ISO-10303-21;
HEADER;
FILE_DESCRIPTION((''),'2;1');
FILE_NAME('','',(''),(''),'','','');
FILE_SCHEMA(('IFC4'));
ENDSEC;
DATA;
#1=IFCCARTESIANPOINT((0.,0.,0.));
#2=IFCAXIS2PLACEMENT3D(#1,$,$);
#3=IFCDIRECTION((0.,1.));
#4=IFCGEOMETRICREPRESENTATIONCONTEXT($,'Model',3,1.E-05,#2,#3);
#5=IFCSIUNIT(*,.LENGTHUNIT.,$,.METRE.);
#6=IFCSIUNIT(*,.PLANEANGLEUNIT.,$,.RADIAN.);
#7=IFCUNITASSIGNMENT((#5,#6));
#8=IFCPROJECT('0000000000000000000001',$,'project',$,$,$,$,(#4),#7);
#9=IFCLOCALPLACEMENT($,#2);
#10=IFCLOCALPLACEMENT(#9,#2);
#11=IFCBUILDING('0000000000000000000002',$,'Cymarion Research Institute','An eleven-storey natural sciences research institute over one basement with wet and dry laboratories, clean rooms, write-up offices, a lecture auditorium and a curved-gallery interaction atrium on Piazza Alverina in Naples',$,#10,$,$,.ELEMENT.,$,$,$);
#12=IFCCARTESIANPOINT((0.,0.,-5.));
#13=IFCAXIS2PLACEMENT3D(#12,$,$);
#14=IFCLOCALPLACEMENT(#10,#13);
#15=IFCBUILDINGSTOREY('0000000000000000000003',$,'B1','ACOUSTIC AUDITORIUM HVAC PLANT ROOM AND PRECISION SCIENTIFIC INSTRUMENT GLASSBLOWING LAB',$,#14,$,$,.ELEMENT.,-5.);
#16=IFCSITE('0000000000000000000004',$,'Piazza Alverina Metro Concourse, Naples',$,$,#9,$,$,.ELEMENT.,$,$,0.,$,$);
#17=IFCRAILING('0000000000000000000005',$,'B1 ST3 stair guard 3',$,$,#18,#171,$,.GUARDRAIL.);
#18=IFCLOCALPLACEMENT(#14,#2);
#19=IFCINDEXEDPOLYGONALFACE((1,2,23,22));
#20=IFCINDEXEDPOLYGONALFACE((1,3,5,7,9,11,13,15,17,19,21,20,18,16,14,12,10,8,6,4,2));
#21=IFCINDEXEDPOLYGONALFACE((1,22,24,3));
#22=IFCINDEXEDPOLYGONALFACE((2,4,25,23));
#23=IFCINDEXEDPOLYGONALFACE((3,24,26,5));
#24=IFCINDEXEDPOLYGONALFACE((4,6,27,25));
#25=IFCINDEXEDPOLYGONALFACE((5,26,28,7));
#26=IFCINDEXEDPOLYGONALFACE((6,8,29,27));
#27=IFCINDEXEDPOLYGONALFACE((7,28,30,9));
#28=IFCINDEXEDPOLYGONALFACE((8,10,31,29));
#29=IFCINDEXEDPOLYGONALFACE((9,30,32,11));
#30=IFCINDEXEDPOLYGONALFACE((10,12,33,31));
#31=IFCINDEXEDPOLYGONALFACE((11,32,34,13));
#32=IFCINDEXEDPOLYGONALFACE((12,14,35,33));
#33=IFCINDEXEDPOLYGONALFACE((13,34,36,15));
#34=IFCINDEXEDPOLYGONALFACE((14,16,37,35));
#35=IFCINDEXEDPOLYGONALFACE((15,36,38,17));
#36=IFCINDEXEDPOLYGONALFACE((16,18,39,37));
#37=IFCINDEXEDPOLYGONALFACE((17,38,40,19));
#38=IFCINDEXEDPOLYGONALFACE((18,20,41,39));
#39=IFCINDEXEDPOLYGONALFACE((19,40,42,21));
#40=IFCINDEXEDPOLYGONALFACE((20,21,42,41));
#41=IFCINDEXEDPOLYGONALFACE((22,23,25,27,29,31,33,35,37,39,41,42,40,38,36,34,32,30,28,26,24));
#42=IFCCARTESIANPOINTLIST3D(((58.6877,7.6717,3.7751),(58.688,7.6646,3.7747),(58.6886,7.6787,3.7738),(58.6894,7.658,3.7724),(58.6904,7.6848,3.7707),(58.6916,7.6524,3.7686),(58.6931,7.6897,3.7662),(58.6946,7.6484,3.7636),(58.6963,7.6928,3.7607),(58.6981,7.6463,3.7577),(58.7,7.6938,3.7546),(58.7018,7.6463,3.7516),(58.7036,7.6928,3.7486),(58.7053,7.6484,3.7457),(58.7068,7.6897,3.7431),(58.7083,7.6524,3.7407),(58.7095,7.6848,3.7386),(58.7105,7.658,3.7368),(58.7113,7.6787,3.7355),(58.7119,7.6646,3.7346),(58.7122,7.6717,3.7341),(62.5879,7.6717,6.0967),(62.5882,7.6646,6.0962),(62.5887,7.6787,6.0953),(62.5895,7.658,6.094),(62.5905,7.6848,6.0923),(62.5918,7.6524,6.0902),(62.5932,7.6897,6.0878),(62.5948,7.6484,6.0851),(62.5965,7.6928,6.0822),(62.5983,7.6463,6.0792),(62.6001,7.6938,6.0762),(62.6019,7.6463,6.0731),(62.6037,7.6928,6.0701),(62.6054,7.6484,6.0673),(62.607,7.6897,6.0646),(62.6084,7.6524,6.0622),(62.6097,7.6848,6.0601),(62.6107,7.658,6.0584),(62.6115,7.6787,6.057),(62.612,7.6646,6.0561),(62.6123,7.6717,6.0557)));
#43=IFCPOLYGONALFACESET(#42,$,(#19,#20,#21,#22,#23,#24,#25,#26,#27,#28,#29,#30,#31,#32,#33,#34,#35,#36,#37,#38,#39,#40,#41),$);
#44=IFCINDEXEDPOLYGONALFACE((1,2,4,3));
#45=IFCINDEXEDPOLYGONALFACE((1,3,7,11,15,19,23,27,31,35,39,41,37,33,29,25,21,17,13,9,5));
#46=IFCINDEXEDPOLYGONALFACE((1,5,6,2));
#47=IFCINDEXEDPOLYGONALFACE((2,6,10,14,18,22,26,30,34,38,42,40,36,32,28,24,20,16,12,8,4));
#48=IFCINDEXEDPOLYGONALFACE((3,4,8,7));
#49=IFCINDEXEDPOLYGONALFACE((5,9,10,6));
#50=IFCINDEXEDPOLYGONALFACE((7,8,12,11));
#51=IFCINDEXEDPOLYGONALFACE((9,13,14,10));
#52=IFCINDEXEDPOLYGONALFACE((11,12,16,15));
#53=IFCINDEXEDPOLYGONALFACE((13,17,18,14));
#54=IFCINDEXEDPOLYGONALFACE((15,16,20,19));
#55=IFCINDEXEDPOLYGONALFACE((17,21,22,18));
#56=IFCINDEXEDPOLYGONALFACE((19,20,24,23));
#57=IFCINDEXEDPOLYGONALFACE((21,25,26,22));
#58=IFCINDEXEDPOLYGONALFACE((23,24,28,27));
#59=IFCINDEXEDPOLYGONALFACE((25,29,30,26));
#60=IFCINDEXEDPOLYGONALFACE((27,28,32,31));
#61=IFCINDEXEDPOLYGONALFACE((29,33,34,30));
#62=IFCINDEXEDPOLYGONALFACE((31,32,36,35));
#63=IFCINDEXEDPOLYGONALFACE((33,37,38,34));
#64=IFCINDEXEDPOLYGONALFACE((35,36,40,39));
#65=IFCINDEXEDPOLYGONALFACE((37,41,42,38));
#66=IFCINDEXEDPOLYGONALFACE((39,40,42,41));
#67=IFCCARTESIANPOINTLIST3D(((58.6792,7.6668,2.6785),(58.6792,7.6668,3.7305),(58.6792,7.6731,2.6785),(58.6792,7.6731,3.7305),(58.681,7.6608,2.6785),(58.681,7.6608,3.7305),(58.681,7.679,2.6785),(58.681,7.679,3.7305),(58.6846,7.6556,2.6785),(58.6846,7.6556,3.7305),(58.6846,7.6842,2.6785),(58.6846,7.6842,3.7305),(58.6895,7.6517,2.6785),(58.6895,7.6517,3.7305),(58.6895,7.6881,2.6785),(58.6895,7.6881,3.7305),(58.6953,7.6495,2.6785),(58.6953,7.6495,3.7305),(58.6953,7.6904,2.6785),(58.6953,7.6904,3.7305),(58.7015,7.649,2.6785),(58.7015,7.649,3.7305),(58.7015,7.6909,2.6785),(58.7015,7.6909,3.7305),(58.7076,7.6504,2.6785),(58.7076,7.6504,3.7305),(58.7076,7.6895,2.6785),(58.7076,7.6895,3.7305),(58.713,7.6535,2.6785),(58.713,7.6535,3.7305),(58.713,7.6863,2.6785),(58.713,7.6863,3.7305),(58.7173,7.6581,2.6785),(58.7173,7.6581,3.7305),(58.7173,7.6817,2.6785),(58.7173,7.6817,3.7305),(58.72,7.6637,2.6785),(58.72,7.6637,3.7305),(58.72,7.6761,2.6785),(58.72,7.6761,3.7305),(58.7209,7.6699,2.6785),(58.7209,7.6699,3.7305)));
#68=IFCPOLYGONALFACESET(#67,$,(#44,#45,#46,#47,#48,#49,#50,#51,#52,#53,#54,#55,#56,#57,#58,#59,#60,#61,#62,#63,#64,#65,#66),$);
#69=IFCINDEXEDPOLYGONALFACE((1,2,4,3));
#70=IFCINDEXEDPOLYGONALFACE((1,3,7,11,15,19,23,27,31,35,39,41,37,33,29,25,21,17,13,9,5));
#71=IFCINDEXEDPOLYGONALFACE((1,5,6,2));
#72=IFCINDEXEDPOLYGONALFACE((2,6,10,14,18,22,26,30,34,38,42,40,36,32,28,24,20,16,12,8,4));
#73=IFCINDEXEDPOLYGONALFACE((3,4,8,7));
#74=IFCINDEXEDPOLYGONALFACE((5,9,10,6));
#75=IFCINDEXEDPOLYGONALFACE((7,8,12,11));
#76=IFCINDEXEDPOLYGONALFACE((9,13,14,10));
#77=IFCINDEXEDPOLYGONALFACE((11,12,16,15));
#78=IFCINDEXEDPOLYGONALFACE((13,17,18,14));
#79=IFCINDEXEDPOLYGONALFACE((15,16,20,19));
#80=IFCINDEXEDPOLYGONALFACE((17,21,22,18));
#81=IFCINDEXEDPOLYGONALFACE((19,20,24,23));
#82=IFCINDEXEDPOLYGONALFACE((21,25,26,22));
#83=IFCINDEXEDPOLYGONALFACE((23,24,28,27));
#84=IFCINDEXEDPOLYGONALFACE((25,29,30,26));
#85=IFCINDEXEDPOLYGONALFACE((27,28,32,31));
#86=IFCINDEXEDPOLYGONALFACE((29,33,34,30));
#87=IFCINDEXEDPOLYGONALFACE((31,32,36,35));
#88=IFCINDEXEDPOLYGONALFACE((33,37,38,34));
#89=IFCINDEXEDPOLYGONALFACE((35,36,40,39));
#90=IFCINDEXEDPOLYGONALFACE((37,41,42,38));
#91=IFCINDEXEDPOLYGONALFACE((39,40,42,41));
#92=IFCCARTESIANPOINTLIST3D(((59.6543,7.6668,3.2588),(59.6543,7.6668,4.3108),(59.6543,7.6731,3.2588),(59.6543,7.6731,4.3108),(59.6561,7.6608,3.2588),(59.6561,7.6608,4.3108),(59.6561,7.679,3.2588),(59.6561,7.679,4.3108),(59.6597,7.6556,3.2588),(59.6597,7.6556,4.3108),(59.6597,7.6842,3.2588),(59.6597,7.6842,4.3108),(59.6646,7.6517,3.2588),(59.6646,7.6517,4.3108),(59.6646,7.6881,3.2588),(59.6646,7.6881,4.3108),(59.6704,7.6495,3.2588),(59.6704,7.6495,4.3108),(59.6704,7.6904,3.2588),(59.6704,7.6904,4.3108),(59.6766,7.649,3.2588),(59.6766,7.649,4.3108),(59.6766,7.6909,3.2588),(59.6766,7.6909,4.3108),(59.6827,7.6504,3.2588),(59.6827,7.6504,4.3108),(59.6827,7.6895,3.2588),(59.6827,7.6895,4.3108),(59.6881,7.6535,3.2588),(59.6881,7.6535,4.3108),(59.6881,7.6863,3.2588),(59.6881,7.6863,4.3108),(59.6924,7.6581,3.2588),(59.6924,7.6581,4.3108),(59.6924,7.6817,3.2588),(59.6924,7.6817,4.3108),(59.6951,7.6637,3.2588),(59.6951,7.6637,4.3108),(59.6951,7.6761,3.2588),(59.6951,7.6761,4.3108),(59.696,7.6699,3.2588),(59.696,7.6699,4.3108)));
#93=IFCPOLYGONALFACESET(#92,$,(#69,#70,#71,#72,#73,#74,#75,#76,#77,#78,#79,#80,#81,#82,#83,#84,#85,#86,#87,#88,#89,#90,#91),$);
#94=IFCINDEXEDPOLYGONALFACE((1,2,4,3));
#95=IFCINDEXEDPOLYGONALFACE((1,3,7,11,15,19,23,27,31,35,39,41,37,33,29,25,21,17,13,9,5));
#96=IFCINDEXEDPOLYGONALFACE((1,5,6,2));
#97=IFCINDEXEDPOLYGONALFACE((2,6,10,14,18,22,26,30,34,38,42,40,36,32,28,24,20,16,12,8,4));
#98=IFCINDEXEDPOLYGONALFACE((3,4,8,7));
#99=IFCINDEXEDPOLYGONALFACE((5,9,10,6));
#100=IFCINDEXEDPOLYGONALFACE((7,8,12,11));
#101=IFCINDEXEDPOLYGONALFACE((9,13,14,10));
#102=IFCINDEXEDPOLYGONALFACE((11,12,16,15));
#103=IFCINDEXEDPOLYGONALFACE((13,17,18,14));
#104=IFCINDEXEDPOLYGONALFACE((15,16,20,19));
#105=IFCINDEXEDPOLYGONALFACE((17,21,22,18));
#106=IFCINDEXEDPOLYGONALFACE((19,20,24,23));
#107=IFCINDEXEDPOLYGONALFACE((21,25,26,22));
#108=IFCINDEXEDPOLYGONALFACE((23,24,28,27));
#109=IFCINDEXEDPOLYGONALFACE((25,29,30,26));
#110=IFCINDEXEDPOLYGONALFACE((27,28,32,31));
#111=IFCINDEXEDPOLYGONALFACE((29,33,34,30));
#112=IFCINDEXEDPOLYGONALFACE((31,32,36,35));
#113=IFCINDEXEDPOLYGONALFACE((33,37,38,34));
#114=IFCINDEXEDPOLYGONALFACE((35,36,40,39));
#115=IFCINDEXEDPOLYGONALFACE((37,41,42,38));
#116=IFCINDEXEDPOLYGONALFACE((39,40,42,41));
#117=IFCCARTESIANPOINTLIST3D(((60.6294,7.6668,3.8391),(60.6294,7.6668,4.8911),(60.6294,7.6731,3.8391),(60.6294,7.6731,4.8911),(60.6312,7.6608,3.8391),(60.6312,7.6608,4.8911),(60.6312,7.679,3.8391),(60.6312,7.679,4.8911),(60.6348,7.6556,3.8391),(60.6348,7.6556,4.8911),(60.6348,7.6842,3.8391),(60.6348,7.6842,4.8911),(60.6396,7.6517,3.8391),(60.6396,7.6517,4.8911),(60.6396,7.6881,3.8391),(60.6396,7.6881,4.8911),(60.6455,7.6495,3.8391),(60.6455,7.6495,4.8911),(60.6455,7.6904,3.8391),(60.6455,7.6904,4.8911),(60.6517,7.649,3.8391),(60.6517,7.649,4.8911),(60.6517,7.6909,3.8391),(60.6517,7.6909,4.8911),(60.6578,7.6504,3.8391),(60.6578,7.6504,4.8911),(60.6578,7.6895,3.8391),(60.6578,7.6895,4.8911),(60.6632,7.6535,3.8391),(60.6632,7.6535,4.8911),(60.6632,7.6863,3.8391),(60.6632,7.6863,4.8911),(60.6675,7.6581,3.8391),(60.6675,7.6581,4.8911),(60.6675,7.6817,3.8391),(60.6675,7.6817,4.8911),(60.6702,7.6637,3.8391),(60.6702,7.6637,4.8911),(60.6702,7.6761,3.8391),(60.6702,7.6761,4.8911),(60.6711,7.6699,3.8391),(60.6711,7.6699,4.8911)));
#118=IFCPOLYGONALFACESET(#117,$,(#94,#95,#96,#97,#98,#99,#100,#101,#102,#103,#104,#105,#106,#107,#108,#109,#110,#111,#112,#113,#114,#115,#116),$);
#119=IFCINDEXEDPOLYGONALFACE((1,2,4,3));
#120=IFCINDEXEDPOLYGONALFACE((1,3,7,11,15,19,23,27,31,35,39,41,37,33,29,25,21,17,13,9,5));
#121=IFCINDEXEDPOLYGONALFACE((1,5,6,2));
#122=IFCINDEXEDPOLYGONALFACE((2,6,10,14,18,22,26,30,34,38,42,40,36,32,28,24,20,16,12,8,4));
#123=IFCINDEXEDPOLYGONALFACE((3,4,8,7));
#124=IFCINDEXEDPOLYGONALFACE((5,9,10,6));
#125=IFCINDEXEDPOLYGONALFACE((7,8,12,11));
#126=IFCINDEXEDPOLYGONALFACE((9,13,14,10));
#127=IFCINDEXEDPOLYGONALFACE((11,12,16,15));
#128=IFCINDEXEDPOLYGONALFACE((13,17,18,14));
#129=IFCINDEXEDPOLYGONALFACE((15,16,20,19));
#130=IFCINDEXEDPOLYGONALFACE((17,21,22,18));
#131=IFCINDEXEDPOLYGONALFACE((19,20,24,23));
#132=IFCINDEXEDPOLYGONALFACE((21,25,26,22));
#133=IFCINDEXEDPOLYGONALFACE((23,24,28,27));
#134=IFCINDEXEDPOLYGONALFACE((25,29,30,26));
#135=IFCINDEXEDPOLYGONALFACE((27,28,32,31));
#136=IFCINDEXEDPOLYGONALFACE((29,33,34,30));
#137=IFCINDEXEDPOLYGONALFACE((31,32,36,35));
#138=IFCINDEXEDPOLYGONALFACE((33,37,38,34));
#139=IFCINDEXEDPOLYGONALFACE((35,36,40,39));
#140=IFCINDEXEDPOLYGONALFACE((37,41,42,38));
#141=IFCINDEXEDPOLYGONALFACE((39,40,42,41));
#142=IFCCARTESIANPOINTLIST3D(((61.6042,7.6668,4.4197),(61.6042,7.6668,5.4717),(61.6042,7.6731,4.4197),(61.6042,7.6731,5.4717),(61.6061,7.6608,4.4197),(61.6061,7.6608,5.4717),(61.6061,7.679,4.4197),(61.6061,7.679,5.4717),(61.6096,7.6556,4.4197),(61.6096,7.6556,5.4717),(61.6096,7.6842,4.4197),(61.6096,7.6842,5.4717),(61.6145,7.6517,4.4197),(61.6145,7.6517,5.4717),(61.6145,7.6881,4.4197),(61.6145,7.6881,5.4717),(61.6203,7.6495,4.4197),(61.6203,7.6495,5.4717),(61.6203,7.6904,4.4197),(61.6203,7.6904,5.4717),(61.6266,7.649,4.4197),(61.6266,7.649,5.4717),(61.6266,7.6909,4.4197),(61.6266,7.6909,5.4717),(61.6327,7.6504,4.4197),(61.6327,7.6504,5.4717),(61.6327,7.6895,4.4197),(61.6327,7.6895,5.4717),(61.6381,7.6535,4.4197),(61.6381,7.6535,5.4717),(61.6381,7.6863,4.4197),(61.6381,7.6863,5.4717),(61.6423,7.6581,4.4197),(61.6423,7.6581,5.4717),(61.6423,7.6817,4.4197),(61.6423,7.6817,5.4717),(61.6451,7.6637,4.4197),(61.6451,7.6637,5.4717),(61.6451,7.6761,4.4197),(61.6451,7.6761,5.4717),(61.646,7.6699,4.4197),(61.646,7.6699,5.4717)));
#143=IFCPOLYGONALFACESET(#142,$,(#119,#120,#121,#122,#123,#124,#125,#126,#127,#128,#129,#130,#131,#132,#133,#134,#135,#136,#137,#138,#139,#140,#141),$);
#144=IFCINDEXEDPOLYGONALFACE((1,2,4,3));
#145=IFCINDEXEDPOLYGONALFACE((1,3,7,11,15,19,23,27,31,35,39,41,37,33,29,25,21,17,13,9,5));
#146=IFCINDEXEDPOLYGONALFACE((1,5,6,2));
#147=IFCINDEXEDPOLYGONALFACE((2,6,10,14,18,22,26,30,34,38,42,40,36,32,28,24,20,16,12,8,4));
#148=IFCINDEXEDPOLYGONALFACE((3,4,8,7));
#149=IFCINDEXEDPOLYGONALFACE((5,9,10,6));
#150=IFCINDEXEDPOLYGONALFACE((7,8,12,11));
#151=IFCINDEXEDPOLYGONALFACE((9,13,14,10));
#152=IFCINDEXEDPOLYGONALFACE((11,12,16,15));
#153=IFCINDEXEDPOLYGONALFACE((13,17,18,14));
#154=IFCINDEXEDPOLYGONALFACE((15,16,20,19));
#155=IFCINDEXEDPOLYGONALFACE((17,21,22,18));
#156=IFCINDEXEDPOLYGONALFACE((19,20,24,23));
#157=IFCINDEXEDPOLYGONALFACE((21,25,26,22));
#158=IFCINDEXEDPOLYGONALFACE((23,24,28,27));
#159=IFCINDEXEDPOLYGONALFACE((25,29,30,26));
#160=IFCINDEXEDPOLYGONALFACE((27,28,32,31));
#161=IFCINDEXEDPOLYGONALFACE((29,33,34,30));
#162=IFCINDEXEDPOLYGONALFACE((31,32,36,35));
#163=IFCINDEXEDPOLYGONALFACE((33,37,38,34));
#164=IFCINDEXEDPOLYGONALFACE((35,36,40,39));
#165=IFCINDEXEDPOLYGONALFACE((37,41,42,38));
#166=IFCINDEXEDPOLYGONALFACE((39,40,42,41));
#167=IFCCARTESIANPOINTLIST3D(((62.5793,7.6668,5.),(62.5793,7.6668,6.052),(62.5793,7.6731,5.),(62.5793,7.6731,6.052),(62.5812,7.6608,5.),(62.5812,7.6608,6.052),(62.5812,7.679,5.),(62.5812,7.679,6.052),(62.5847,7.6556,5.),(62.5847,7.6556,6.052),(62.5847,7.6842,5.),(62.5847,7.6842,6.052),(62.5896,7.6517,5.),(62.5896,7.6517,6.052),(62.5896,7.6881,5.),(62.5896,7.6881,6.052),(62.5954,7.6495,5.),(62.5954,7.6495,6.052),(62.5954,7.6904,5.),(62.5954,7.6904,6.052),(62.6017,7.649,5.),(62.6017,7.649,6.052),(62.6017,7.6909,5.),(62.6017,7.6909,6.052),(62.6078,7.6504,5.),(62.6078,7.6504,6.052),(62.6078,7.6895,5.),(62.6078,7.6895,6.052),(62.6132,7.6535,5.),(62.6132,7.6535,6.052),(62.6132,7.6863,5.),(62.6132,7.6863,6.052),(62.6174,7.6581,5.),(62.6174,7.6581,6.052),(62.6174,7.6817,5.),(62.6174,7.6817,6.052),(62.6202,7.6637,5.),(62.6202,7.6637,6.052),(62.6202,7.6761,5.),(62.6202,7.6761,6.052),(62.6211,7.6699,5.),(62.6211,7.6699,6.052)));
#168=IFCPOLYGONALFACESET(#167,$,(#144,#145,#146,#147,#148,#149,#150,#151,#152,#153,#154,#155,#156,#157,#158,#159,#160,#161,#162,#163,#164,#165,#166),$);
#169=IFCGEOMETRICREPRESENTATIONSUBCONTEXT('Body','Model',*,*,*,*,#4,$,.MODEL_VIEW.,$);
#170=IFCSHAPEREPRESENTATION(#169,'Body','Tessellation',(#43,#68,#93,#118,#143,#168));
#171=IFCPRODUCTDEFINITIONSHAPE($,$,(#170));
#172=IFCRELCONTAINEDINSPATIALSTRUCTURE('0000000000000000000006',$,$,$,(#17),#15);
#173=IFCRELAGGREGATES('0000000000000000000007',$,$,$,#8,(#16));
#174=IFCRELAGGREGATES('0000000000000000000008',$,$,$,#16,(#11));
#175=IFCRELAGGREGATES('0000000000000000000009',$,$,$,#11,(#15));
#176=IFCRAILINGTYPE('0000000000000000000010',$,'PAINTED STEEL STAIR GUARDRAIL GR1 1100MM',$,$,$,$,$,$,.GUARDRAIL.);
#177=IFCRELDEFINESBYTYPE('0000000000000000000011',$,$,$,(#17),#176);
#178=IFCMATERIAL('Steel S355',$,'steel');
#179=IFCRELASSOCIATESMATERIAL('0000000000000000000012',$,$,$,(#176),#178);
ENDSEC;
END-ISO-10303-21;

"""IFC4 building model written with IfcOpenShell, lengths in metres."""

from ifc_helpers import new_model, si_unit, direction, frame, origin, origin_2d, place, context, subcontext, project, spatial, circle, extrude, material, type_object, element, save


model = new_model("IFC4")

# Units and contexts
model_context = context("Model", 3, precision=1e-05, world=origin(), true_north=direction((0.0, 1.0)))
body_context = subcontext(model_context, "Body", "Model", "MODEL_VIEW")
ifc_project = project(units=[si_unit("LENGTHUNIT", "METRE"), si_unit("PLANEANGLEUNIT", "RADIAN")], contexts=[model_context])

# Site, building, storey
site_placement = place(None, origin())
site = spatial("IfcSite", under=ifc_project, at=site_placement, Name="Piazza Alverina Metro Concourse, Naples", CompositionType="ELEMENT", RefElevation=0.0)
building_placement = place(site_placement, origin())
building = spatial("IfcBuilding", under=site, at=building_placement, Name="Cymarion Research Institute", Description="An eleven-storey natural sciences research institute over one basement with wet and dry laboratories, clean rooms, write-up offices, a lecture auditorium and a curved-gallery interaction atrium on Piazza Alverina in Naples", CompositionType="ELEMENT")
storey_placement = place(building_placement, frame((0.0, 0.0, -5.0)))
storey = spatial("IfcBuildingStorey", under=building, at=storey_placement, Name="B1", Description="ACOUSTIC AUDITORIUM HVAC PLANT ROOM AND PRECISION SCIENTIFIC INSTRUMENT GLASSBLOWING LAB", CompositionType="ELEMENT", Elevation=-5.0)

# Shared definitions
ifc_material_1 = material(Name="Steel S355", Category="steel")

# Railing
railing_type_1 = type_object("IfcRailingType", Name="PAINTED STEEL STAIR GUARDRAIL GR1 1100MM", PredefinedType="GUARDRAIL", material=ifc_material_1)
railing_1_placement = place(storey_placement, frame((58.7, 7.6699, 2.6785)))
element("IfcRailing", 1, at=railing_1_placement, inside=storey, type_object=railing_type_1, Name="B1 ST3 stair guard 3", PredefinedType="GUARDRAIL", context=body_context, shape_type="SweptSolid", body=[
    extrude(circle(Radius=0.0239, at=origin_2d()), frame((0.0, 0.0, 1.0762), z_axis=(0.859291, 0.0, 0.511487), x_axis=(0.0, 1.0, 0.0)), (0.0, 0.0, 1.0), 4.5388),
    extrude(circle(Radius=0.021, at=origin_2d()), origin(), (0.0, 0.0, 1.0), 1.052),
    extrude(circle(Radius=0.021, at=origin_2d()), frame((0.9751, 0.0, 0.5803)), (0.0, 0.0, 1.0), 1.052),
    extrude(circle(Radius=0.021, at=origin_2d()), frame((1.9502, 0.0, 1.1606)), (0.0, 0.0, 1.0), 1.052),
    extrude(circle(Radius=0.021, at=origin_2d()), frame((2.925, 0.0, 1.7412)), (0.0, 0.0, 1.0), 1.052),
    extrude(circle(Radius=0.021, at=origin_2d()), frame((3.9001, 0.0, 2.3215)), (0.0, 0.0, 1.0), 1.052),
])

save(model, "model.ifc")
